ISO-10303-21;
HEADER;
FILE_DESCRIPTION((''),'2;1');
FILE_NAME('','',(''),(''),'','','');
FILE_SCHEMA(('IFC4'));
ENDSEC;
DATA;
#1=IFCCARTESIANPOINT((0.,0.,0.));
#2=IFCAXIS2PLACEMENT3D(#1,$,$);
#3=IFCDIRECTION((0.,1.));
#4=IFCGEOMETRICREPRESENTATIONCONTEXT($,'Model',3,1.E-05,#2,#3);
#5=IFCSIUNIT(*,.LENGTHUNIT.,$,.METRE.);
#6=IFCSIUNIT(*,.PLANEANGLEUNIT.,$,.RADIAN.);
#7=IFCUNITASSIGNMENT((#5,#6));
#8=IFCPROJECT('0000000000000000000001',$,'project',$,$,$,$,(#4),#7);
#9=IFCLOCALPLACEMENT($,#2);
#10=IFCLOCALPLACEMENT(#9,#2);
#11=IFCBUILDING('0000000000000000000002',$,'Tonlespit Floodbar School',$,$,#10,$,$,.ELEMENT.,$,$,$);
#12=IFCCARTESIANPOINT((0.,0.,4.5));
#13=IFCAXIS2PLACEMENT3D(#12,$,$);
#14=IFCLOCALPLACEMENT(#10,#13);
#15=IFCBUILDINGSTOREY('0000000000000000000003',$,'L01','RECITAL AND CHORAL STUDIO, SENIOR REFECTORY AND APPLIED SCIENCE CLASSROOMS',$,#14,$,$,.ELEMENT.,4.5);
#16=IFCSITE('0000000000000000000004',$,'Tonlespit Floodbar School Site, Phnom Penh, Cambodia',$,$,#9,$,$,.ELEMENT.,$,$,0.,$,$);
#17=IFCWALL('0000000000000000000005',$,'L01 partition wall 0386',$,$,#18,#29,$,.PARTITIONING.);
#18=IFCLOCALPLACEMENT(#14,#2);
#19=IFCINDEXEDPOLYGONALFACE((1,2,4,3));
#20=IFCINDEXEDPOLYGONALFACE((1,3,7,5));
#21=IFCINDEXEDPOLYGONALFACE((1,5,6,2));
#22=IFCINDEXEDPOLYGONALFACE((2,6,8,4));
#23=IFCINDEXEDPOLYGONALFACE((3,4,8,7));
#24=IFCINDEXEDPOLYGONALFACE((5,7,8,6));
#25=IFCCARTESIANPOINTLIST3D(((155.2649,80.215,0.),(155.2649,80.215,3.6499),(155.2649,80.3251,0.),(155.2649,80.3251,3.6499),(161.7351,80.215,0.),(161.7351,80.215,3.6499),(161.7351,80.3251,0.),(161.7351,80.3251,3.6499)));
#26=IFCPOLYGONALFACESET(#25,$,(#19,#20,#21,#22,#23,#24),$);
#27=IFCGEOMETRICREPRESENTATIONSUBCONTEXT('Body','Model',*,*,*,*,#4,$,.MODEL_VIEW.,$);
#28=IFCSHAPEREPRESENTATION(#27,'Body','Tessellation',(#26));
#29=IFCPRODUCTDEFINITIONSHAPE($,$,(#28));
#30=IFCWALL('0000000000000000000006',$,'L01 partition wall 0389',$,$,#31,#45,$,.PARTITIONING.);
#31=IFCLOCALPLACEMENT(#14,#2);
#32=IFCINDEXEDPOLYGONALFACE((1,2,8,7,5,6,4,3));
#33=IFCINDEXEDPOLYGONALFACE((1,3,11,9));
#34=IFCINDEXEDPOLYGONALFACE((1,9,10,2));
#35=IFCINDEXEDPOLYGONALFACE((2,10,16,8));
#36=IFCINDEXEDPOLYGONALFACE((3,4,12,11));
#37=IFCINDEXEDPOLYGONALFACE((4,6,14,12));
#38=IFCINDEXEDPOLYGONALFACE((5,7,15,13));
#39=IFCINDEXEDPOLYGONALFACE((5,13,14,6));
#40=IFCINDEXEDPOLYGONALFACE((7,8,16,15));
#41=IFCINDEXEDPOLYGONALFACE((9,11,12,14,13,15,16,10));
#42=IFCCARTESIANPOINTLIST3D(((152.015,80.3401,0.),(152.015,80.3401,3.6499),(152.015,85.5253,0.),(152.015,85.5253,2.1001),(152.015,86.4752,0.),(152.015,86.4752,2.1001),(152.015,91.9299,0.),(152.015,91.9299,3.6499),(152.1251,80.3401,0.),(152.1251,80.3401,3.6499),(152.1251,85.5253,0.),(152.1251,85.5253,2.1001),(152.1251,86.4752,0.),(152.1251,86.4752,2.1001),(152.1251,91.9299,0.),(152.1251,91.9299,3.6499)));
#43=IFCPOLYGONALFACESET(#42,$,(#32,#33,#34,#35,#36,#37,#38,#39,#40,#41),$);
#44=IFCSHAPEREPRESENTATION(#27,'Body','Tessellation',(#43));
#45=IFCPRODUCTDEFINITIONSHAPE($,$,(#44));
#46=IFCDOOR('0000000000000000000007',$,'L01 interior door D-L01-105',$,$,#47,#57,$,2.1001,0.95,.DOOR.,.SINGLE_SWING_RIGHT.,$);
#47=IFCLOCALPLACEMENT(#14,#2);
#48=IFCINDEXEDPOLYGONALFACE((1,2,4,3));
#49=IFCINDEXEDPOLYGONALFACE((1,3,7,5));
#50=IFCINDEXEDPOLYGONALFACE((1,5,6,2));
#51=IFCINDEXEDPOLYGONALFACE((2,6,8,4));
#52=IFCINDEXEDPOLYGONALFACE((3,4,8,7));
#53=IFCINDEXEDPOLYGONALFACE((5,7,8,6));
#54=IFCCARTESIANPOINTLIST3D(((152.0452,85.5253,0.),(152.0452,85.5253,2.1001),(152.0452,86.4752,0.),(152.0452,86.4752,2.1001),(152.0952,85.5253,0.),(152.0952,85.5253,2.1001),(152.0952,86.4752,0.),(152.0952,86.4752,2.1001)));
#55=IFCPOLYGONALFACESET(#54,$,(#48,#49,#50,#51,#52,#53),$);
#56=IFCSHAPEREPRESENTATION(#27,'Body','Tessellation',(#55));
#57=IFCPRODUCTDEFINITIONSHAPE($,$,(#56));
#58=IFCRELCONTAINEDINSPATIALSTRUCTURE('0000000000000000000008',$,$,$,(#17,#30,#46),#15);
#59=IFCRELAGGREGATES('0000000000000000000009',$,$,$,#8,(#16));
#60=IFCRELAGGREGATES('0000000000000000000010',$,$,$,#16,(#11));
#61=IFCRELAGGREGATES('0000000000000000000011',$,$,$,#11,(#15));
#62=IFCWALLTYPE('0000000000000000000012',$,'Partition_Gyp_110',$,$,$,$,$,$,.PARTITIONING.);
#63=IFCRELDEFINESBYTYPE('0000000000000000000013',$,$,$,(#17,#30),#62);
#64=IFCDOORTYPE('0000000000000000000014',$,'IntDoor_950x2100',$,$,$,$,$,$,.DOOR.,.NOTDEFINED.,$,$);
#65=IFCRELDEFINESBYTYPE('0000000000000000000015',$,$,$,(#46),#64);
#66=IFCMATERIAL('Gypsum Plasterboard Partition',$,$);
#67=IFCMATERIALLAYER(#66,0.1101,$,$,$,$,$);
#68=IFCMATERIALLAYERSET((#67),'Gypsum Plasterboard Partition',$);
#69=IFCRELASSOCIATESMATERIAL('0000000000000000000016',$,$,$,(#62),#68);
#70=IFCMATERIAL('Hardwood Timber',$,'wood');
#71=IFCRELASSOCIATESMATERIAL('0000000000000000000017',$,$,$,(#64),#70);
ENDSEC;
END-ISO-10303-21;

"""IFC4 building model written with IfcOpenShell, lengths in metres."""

from ifc_helpers import new_model, si_unit, direction, frame, frame_2d, origin, place, context, subcontext, project, spatial, rectangle, extrude, material, layer, layer_set, type_object, element, fill, save


model = new_model("IFC4")

# Units and contexts
model_context = context("Model", 3, precision=1e-05, world=origin(), true_north=direction((0.0, 1.0)))
body_context = subcontext(model_context, "Body", "Model", "MODEL_VIEW")
ifc_project = project(units=[si_unit("LENGTHUNIT", "METRE"), si_unit("PLANEANGLEUNIT", "RADIAN")], contexts=[model_context])

# Site, building, storey
site_placement = place(None, origin())
site = spatial("IfcSite", under=ifc_project, at=site_placement, Name="Tonlespit Floodbar School Site, Phnom Penh, Cambodia", CompositionType="ELEMENT", RefElevation=0.0)
building_placement = place(site_placement, origin())
building = spatial("IfcBuilding", under=site, at=building_placement, Name="Tonlespit Floodbar School", CompositionType="ELEMENT")
storey_placement = place(building_placement, frame((0.0, 0.0, 4.5)))
storey = spatial("IfcBuildingStorey", under=building, at=storey_placement, Name="L01", Description="RECITAL AND CHORAL STUDIO, SENIOR REFECTORY AND APPLIED SCIENCE CLASSROOMS", CompositionType="ELEMENT", Elevation=4.5)

# Shared definitions
ifc_material_1 = material(Name="Gypsum Plasterboard Partition")

# Shared definitions
ifc_material_2 = material(Name="Hardwood Timber", Category="wood")

# Wall
ifc_layer_1 = layer(ifc_material_1, 0.1101)
ifc_layer_set_1 = layer_set([ifc_layer_1], Name="Gypsum Plasterboard Partition")
wall_type_1 = type_object("IfcWallType", Name="Partition_Gyp_110", PredefinedType="PARTITIONING", material=ifc_layer_set_1)
wall_1_placement = place(storey_placement, frame((155.2649, 80.27, 0.0), z_axis=(0.0, 0.0, 1.0), x_axis=(1.0, 0.0, 0.0)))
element("IfcWall", 1, at=wall_1_placement, inside=storey, type_object=wall_type_1, Name="L01 partition wall 0386", PredefinedType="PARTITIONING", context=body_context, shape_type="SweptSolid", body=[
    extrude(rectangle(XDim=6.4702, YDim=0.1101, at=frame_2d((3.2351, 0.0))), origin(), (0.0, 0.0, 1.0), 3.6499),
])

# Wall, opening, door
wall_2_placement = place(storey_placement, frame((152.0701, 80.3401, 0.0), z_axis=(0.0, 0.0, 1.0), x_axis=(0.0, 1.0, 0.0)))
wall_2 = element("IfcWall", 2, at=wall_2_placement, inside=storey, type_object=wall_type_1, Name="L01 partition wall 0389", PredefinedType="PARTITIONING", context=body_context, shape_type="SweptSolid", body=[
    extrude(rectangle(XDim=11.5898, YDim=0.1101, at=frame_2d((5.7949, 0.0))), origin(), (0.0, 0.0, 1.0), 3.6499),
])
opening_1_placement = place(wall_2_placement, frame((5.1851, 0.0, 0.0)))
opening_1 = element("IfcOpeningElement", 3, at=opening_1_placement, cuts=wall_2, PredefinedType="OPENING", context=body_context, shape_type="SweptSolid", body=[
    extrude(rectangle(XDim=0.95, YDim=2.1001, at=frame_2d((0.4751, 1.05))), frame((0.0, 0.0649, 0.0), z_axis=(0.0, -1.0, 0.0), x_axis=(1.0, 0.0, 0.0)), (0.0, 0.0, 1.0), 0.1301),
])
door_type_1 = type_object("IfcDoorType", Name="IntDoor_950x2100", OperationType="NOTDEFINED", PredefinedType="DOOR", material=ifc_material_2)
door_1_placement = place(opening_1_placement, origin())
door_1 = element("IfcDoor", 4, at=door_1_placement, inside=storey, type_object=door_type_1, Name="L01 interior door D-L01-105", OperationType="SINGLE_SWING_RIGHT", OverallHeight=2.1001, OverallWidth=0.95, PredefinedType="DOOR", context=body_context, shape_type="SweptSolid", body=[
    extrude(rectangle(XDim=0.95, YDim=2.1001, at=frame_2d((0.4751, 1.05))), frame((0.0, 0.0249, 0.0), z_axis=(0.0, -1.0, 0.0), x_axis=(1.0, 0.0, 0.0)), (0.0, 0.0, 1.0), 0.05),
])
fill(opening_1, door_1)

save(model, "model.ifc")
